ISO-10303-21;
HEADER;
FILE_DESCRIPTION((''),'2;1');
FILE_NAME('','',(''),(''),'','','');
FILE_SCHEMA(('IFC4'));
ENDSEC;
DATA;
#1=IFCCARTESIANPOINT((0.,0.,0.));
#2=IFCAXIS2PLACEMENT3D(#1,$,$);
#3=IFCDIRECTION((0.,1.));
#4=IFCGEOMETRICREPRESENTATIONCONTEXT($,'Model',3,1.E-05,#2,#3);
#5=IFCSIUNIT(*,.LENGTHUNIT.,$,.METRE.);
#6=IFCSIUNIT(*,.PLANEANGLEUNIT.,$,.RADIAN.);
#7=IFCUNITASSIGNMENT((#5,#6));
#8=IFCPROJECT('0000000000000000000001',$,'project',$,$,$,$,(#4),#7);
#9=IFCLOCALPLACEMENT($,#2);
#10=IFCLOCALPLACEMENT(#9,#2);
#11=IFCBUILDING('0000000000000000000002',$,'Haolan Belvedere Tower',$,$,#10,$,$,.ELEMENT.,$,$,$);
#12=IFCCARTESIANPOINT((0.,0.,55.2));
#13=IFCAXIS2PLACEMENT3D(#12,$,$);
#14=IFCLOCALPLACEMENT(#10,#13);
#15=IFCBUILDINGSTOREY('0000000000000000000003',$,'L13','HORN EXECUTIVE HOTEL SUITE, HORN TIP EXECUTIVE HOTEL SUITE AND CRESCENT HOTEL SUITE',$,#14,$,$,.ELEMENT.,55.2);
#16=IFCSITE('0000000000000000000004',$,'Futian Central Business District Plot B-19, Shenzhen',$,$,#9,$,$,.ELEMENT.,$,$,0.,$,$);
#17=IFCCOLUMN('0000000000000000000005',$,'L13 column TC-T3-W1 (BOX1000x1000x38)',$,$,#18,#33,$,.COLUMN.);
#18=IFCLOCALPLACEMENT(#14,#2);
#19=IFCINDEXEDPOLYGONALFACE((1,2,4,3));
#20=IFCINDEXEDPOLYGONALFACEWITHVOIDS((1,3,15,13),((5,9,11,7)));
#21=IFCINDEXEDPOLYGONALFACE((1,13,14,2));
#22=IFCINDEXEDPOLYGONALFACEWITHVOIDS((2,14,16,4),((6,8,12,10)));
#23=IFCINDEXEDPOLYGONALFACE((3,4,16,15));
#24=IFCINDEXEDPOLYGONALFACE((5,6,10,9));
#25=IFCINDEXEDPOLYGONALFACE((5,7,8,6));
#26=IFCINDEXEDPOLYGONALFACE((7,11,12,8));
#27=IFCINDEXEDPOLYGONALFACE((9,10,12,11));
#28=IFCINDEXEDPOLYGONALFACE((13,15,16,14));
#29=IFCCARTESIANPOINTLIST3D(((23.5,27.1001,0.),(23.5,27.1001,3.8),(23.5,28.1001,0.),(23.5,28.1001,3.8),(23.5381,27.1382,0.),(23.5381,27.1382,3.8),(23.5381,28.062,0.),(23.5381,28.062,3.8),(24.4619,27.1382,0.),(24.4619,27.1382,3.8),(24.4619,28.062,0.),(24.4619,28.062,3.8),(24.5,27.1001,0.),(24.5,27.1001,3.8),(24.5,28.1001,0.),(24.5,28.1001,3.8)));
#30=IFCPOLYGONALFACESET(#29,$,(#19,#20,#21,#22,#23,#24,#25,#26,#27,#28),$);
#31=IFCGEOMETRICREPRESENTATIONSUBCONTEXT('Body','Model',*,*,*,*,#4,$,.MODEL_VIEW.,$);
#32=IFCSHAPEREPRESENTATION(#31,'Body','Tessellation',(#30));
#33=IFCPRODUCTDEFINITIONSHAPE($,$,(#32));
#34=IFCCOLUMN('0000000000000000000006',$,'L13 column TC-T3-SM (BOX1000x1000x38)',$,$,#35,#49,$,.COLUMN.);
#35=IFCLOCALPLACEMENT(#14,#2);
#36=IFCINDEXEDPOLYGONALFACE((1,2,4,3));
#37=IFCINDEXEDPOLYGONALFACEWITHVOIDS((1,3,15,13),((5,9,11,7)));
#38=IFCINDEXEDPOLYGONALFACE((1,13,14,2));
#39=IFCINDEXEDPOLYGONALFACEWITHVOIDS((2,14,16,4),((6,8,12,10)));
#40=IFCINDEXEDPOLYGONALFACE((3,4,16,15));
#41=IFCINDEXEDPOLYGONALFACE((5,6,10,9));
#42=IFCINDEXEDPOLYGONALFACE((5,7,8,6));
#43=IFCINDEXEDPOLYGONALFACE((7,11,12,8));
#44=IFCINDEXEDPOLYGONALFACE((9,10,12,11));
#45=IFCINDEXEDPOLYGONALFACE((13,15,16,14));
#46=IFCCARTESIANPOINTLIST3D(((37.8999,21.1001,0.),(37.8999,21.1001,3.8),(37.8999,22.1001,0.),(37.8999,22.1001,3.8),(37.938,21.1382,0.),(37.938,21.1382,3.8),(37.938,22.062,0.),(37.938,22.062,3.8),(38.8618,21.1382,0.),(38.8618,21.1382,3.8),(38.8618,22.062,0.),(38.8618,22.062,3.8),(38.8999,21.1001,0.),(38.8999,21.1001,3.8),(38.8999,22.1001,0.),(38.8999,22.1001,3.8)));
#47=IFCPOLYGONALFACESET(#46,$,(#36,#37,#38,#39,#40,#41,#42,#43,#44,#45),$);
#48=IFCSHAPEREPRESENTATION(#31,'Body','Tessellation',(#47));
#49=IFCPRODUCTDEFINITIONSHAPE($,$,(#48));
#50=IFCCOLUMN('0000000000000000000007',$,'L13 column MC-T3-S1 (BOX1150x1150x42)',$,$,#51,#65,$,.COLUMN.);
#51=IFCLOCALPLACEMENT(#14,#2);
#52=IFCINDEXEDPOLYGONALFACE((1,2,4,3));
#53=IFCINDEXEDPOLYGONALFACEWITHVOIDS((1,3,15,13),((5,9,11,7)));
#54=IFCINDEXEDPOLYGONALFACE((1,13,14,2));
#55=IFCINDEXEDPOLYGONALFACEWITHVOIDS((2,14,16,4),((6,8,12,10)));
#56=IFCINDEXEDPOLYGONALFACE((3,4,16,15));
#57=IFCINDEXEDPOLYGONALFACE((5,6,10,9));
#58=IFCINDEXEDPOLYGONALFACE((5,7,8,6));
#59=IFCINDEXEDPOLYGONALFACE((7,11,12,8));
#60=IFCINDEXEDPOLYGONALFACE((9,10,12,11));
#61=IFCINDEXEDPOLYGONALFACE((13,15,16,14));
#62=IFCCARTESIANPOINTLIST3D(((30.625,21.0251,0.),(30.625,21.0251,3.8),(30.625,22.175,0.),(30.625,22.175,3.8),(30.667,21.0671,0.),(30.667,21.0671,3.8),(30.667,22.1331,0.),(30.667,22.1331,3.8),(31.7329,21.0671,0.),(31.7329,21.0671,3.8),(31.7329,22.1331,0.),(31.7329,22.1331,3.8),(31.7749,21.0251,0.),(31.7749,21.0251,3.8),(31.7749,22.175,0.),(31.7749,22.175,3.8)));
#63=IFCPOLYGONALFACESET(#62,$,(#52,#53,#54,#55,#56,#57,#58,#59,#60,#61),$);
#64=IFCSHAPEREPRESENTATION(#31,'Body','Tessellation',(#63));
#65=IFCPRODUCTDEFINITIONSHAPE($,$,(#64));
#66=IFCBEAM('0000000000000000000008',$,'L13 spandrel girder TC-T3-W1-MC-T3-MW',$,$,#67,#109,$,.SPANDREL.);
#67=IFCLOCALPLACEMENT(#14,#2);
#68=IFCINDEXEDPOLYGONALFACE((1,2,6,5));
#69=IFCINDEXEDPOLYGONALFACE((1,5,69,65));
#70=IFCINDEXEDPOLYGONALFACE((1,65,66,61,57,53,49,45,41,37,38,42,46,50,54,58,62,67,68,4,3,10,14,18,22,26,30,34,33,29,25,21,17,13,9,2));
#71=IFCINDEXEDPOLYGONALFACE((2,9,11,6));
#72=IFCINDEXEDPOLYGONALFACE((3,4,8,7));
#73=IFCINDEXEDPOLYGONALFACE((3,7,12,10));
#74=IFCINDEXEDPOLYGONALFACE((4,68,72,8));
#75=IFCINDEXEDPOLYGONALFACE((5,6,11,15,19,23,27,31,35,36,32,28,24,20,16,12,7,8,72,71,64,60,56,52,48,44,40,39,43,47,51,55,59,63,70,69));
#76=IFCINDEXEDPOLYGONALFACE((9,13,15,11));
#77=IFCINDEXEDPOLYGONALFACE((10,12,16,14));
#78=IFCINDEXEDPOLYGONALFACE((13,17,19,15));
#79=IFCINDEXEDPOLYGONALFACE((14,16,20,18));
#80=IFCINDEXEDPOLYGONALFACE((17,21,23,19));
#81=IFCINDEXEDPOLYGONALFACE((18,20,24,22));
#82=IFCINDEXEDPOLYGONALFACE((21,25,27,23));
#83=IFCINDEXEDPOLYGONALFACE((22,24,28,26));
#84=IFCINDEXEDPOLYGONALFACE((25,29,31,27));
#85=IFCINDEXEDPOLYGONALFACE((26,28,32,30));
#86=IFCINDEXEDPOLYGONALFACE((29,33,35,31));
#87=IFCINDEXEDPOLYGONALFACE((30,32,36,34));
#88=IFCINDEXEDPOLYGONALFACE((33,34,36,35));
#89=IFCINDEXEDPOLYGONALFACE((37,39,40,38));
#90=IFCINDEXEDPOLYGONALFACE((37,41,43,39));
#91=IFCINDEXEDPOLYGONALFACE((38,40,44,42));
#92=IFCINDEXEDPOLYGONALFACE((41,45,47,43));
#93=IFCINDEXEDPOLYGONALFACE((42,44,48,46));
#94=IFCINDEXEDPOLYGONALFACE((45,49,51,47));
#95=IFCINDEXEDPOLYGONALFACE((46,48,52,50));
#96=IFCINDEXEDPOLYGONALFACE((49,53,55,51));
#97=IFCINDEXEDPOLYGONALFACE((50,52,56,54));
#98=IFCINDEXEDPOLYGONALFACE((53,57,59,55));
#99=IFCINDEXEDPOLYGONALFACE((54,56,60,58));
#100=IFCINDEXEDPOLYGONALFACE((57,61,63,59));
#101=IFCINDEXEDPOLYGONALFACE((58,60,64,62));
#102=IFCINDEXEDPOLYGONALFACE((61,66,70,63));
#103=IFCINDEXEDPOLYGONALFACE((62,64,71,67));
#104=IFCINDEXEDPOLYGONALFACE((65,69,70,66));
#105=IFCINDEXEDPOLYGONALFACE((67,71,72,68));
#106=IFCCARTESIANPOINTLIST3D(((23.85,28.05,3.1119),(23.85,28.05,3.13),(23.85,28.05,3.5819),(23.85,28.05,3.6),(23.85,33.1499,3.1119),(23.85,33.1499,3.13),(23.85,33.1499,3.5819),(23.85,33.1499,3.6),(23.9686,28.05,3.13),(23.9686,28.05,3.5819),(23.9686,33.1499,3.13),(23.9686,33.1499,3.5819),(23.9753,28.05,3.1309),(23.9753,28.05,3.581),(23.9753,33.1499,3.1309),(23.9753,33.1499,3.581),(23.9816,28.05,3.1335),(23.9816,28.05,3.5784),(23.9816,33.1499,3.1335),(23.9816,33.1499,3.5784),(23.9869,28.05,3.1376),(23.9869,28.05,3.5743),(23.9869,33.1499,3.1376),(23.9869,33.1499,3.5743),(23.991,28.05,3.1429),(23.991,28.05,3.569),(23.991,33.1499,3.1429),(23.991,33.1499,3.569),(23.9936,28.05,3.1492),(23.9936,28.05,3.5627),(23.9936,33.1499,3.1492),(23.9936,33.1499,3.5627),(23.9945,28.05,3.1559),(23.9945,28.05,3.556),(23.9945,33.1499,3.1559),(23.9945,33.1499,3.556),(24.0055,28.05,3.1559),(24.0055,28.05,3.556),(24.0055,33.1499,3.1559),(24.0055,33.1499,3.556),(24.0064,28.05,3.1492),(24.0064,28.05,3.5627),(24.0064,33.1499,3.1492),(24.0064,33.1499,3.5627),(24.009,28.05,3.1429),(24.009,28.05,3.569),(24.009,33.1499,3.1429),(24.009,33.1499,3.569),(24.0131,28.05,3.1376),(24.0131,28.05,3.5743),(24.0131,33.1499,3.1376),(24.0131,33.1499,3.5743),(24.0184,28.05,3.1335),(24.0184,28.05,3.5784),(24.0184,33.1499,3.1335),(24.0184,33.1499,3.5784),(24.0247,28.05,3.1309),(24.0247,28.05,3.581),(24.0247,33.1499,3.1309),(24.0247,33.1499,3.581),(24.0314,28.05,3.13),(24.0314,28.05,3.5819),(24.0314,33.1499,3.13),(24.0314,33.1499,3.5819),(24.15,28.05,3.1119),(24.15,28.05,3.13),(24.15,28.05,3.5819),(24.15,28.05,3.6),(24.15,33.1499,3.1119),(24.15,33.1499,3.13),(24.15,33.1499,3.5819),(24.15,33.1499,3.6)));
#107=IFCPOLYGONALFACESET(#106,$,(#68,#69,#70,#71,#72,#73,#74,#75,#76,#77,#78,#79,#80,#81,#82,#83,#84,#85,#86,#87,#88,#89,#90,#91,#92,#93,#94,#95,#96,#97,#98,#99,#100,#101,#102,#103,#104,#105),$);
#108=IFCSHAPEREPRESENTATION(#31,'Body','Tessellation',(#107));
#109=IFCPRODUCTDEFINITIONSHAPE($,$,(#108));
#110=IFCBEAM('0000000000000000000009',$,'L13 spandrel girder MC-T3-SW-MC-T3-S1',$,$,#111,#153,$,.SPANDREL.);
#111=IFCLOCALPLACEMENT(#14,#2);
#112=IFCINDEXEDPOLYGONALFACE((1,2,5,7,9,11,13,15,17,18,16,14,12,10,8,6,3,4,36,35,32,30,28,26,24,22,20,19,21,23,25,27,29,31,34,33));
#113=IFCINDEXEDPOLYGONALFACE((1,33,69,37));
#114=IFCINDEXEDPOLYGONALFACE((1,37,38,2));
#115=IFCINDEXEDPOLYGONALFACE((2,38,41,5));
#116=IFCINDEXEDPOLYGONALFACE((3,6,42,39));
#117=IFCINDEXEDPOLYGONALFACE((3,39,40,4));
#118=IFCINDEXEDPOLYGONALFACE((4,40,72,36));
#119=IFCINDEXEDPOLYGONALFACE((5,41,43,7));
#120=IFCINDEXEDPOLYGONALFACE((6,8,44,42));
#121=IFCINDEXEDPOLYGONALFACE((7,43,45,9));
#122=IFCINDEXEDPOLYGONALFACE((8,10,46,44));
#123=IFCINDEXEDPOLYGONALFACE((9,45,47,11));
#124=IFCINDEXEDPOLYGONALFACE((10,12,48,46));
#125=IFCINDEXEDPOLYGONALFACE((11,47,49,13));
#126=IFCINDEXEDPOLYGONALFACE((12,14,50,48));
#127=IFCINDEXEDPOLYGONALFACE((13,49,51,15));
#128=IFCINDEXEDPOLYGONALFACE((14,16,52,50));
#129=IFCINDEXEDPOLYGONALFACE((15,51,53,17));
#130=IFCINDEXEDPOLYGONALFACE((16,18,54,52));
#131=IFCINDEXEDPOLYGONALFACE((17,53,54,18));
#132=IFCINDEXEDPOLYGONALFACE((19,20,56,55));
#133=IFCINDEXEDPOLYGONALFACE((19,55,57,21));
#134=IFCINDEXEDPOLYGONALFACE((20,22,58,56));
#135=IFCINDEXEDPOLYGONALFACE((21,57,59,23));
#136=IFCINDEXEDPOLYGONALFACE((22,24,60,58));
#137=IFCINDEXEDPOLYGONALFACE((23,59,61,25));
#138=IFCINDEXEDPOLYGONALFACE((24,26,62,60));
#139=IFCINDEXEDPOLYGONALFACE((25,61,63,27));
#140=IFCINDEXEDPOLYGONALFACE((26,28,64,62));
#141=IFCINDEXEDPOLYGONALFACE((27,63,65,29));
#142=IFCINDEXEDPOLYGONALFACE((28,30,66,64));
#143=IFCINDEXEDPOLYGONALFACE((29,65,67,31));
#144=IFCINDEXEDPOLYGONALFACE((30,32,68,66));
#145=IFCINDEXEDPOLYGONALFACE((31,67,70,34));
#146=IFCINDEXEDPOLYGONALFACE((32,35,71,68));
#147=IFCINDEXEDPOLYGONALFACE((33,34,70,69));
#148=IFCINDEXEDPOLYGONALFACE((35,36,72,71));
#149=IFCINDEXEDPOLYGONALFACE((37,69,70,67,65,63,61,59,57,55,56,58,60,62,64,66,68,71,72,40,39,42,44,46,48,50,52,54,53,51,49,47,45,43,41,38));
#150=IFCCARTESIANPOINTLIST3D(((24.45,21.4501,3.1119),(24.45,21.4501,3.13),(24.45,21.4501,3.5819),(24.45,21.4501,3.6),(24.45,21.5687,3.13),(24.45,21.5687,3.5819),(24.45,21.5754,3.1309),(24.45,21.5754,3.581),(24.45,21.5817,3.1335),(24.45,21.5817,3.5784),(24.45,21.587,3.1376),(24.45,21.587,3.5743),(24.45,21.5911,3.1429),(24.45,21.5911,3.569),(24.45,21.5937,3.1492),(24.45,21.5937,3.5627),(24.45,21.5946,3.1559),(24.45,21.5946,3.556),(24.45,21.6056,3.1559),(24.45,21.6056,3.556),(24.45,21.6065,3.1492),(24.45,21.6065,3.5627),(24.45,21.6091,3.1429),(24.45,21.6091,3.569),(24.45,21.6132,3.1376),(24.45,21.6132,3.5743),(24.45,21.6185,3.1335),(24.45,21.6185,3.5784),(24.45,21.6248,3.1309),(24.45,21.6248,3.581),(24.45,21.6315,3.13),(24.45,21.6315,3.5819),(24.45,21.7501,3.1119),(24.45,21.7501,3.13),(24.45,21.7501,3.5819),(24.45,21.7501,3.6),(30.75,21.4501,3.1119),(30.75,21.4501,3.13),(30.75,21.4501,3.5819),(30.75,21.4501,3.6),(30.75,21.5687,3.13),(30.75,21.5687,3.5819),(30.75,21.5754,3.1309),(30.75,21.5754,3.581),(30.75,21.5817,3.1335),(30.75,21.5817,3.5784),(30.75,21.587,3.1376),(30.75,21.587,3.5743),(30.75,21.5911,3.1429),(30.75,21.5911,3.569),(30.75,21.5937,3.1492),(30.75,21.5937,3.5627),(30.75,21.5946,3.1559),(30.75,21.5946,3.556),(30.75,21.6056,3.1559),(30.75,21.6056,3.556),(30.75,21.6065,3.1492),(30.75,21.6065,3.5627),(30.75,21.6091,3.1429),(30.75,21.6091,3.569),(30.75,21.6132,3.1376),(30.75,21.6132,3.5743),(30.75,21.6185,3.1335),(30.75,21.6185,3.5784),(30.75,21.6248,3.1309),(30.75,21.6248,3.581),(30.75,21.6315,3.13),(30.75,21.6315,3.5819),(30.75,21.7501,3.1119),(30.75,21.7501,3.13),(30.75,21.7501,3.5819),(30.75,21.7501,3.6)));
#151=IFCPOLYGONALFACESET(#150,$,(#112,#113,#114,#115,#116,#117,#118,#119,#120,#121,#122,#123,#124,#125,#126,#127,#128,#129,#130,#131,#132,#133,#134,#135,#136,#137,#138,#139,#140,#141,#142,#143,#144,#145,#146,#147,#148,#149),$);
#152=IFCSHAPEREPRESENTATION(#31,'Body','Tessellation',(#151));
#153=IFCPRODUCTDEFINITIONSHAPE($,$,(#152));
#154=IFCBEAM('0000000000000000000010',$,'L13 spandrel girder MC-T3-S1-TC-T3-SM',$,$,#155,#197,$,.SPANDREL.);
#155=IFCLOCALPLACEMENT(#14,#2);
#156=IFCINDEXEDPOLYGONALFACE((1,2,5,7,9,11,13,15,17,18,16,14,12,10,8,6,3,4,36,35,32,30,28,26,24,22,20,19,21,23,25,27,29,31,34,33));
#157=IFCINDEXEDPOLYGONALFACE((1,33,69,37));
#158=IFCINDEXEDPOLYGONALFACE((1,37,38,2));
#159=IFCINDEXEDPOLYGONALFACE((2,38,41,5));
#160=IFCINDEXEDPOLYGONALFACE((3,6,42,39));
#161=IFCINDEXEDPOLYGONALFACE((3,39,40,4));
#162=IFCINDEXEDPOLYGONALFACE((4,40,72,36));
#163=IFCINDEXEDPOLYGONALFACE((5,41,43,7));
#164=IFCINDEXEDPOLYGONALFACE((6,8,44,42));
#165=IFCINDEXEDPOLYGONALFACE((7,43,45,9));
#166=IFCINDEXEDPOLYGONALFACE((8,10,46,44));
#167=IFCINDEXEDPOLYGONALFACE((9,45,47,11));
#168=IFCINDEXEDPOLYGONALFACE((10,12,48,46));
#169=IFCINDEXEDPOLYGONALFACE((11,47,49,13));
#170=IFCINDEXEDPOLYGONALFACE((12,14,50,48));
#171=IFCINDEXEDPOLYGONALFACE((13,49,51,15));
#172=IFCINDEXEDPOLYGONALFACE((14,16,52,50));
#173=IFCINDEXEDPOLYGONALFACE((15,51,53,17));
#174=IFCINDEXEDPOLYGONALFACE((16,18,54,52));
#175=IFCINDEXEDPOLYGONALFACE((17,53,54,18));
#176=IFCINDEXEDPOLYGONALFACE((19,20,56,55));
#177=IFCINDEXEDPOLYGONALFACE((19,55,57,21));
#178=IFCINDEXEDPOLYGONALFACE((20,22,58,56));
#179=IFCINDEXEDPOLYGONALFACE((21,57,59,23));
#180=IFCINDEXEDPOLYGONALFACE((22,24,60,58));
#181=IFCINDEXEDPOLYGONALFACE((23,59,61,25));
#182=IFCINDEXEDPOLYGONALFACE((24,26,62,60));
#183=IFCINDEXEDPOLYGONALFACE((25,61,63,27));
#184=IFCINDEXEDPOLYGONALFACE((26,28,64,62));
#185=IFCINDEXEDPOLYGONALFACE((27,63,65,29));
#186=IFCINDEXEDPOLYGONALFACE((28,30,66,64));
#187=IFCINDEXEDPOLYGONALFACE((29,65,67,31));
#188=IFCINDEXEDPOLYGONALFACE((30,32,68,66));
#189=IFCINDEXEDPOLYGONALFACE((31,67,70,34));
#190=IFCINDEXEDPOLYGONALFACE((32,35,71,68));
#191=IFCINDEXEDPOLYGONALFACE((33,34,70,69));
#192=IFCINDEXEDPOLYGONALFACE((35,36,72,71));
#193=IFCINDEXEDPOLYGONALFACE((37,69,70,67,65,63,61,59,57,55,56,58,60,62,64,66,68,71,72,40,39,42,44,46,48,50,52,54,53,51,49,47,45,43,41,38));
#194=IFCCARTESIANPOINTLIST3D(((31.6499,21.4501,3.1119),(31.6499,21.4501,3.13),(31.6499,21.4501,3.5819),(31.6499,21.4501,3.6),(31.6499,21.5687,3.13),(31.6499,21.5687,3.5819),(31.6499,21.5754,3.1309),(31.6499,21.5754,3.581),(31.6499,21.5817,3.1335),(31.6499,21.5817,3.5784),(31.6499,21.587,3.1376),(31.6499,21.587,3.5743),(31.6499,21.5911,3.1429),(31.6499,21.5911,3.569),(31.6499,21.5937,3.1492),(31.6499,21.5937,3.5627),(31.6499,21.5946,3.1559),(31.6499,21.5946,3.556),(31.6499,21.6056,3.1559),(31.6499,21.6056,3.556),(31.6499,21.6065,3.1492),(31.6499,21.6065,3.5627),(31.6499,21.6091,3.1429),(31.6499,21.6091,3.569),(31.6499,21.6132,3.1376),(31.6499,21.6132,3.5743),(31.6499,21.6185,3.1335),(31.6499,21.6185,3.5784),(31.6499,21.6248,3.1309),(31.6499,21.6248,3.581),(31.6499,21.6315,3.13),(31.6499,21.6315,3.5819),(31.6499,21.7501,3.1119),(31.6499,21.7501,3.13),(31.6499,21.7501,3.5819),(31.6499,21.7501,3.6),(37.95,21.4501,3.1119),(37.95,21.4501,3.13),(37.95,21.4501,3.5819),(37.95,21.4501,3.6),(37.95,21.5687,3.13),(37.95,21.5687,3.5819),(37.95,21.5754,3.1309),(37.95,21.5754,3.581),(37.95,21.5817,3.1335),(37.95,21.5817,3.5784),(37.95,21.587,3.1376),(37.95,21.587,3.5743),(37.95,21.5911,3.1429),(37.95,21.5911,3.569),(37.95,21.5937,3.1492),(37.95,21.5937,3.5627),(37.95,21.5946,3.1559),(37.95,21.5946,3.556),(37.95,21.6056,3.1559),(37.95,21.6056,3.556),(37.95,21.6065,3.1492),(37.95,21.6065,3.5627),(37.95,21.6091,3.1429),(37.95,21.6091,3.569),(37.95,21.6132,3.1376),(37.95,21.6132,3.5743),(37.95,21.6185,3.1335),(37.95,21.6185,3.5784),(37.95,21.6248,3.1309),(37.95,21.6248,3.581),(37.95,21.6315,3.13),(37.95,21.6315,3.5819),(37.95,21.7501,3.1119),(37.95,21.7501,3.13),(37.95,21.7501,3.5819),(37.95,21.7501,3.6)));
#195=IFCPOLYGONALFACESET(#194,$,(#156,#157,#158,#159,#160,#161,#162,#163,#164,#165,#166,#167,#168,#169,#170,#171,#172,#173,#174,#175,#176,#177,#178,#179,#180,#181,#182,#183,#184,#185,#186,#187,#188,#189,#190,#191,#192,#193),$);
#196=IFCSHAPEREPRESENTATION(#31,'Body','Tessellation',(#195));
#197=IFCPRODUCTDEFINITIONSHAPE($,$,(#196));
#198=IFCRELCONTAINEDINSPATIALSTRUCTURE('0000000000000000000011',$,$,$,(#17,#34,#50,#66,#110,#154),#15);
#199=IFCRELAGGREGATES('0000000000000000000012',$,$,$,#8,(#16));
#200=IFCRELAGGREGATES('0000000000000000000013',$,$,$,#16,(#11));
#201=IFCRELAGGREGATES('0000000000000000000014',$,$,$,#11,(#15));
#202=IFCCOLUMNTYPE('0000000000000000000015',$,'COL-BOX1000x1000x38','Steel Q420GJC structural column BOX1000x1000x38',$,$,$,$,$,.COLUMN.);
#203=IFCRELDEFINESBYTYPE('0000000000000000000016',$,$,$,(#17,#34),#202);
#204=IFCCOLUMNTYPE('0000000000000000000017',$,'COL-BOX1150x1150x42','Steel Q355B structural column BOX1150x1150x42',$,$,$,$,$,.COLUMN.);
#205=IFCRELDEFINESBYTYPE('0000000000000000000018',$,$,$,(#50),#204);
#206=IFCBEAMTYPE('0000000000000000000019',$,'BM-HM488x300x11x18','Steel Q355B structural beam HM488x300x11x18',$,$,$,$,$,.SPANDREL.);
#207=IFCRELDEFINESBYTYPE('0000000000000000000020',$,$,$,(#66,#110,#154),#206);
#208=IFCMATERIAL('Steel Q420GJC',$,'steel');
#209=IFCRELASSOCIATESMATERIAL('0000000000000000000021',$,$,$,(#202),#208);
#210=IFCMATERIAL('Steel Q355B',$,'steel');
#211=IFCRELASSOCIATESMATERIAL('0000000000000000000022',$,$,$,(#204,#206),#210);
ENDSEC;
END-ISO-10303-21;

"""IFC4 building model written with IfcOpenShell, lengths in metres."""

from ifc_helpers import new_model, si_unit, direction, frame, origin, origin_2d, place, context, subcontext, project, spatial, hollow_rectangle, i_section, extrude, material, material_profile, profile_set, type_object, element, save


model = new_model("IFC4")

# Units and contexts
model_context = context("Model", 3, precision=1e-05, world=origin(), true_north=direction((0.0, 1.0)))
body_context = subcontext(model_context, "Body", "Model", "MODEL_VIEW")
ifc_project = project(units=[si_unit("LENGTHUNIT", "METRE"), si_unit("PLANEANGLEUNIT", "RADIAN")], contexts=[model_context])

# Site, building, storey
site_placement = place(None, origin())
site = spatial("IfcSite", under=ifc_project, at=site_placement, Name="Futian Central Business District Plot B-19, Shenzhen", CompositionType="ELEMENT", RefElevation=0.0)
building_placement = place(site_placement, origin())
building = spatial("IfcBuilding", under=site, at=building_placement, Name="Haolan Belvedere Tower", CompositionType="ELEMENT")
storey_placement = place(building_placement, frame((0.0, 0.0, 55.2)))
storey = spatial("IfcBuildingStorey", under=building, at=storey_placement, Name="L13", Description="HORN EXECUTIVE HOTEL SUITE, HORN TIP EXECUTIVE HOTEL SUITE AND CRESCENT HOTEL SUITE", CompositionType="ELEMENT", Elevation=55.2)

# Columns
ifc_material_1 = material(Name="Steel Q420GJC", Category="steel")
ifc_material_profile_1 = material_profile(ifc_material_1, hollow_rectangle(XDim=1.0, YDim=1.0, WallThickness=0.0381, at=origin_2d()), Name="Steel Q420GJC")
ifc_profile_set_1 = profile_set([ifc_material_profile_1], Name="Steel Q420GJC")
column_type_1 = type_object("IfcColumnType", Name="COL-BOX1000x1000x38", Description="Steel Q420GJC structural column BOX1000x1000x38", PredefinedType="COLUMN", material=ifc_profile_set_1)
for number, where, z_axis, x_axis, name in (
    (1, (24.0, 27.6001, 0.0), (0.0, 0.0, 1.0), (1.0, 0.0, 0.0), "L13 column TC-T3-W1 (BOX1000x1000x38)"),
    (2, (38.3999, 21.6001, 0.0), (0.0, 0.0, 1.0), (1.0, 0.0, 0.0), "L13 column TC-T3-SM (BOX1000x1000x38)"),
):
    element("IfcColumn", number, at=place(storey_placement, frame(where, z_axis=z_axis, x_axis=x_axis)), inside=storey, type_object=column_type_1, Name=name, PredefinedType="COLUMN", context=body_context, shape_type="SweptSolid", body=[
        extrude(hollow_rectangle(XDim=1.0, YDim=1.0, WallThickness=0.0381, at=origin_2d()), origin(), (0.0, 0.0, 1.0), 3.8),
    ])
ifc_material_2 = material(Name="Steel Q355B", Category="steel")
ifc_material_profile_2 = material_profile(ifc_material_2, hollow_rectangle(XDim=1.1499, YDim=1.1499, WallThickness=0.042, at=origin_2d()), Name="Steel Q355B")
ifc_profile_set_2 = profile_set([ifc_material_profile_2], Name="Steel Q355B")
column_type_2 = type_object("IfcColumnType", Name="COL-BOX1150x1150x42", Description="Steel Q355B structural column BOX1150x1150x42", PredefinedType="COLUMN", material=ifc_profile_set_2)
column_placement = place(storey_placement, frame((31.2, 21.6001, 0.0), z_axis=(0.0, 0.0, 1.0), x_axis=(1.0, 0.0, 0.0)))
element("IfcColumn", 3, at=column_placement, inside=storey, type_object=column_type_2, Name="L13 column MC-T3-S1 (BOX1150x1150x42)", PredefinedType="COLUMN", context=body_context, shape_type="SweptSolid", body=[
    extrude(hollow_rectangle(XDim=1.1499, YDim=1.1499, WallThickness=0.042, at=origin_2d()), origin(), (0.0, 0.0, 1.0), 3.8),
])

# Beams
ifc_material_profile_3 = material_profile(ifc_material_2, i_section(OverallWidth=0.3, OverallDepth=0.488, WebThickness=0.011, FlangeThickness=0.0181, FilletRadius=0.0259, at=origin_2d()), Name="Steel Q355B")
ifc_profile_set_3 = profile_set([ifc_material_profile_3], Name="Steel Q355B")
beam_type_1 = type_object("IfcBeamType", Name="BM-HM488x300x11x18", Description="Steel Q355B structural beam HM488x300x11x18", PredefinedType="SPANDREL", material=ifc_profile_set_3)
beam_1_placement = place(storey_placement, frame((24.0, 28.05, 3.356), z_axis=(0.0, 1.0, 0.0), x_axis=(-1.0, 0.0, 0.0)))
element("IfcBeam", 4, at=beam_1_placement, inside=storey, type_object=beam_type_1, Name="L13 spandrel girder TC-T3-W1-MC-T3-MW", PredefinedType="SPANDREL", context=body_context, shape_type="SweptSolid", body=[
    extrude(i_section(OverallWidth=0.3, OverallDepth=0.488, WebThickness=0.011, FlangeThickness=0.0181, FilletRadius=0.0259, at=origin_2d()), origin(), (0.0, 0.0, 1.0), 5.0999),
])
for number, where, z_axis, x_axis, name in (
    (5, (24.45, 21.6001, 3.356), (1.0, 0.0, 0.0), (0.0, 1.0, 0.0), "L13 spandrel girder MC-T3-SW-MC-T3-S1"),
    (6, (31.6499, 21.6001, 3.356), (1.0, 0.0, 0.0), (0.0, 1.0, 0.0), "L13 spandrel girder MC-T3-S1-TC-T3-SM"),
):
    element("IfcBeam", number, at=place(storey_placement, frame(where, z_axis=z_axis, x_axis=x_axis)), inside=storey, type_object=beam_type_1, Name=name, PredefinedType="SPANDREL", context=body_context, shape_type="SweptSolid", body=[
        extrude(i_section(OverallWidth=0.3, OverallDepth=0.488, WebThickness=0.011, FlangeThickness=0.0181, FilletRadius=0.0259, at=origin_2d()), origin(), (0.0, 0.0, 1.0), 6.3),
    ])

save(model, "model.ifc")
